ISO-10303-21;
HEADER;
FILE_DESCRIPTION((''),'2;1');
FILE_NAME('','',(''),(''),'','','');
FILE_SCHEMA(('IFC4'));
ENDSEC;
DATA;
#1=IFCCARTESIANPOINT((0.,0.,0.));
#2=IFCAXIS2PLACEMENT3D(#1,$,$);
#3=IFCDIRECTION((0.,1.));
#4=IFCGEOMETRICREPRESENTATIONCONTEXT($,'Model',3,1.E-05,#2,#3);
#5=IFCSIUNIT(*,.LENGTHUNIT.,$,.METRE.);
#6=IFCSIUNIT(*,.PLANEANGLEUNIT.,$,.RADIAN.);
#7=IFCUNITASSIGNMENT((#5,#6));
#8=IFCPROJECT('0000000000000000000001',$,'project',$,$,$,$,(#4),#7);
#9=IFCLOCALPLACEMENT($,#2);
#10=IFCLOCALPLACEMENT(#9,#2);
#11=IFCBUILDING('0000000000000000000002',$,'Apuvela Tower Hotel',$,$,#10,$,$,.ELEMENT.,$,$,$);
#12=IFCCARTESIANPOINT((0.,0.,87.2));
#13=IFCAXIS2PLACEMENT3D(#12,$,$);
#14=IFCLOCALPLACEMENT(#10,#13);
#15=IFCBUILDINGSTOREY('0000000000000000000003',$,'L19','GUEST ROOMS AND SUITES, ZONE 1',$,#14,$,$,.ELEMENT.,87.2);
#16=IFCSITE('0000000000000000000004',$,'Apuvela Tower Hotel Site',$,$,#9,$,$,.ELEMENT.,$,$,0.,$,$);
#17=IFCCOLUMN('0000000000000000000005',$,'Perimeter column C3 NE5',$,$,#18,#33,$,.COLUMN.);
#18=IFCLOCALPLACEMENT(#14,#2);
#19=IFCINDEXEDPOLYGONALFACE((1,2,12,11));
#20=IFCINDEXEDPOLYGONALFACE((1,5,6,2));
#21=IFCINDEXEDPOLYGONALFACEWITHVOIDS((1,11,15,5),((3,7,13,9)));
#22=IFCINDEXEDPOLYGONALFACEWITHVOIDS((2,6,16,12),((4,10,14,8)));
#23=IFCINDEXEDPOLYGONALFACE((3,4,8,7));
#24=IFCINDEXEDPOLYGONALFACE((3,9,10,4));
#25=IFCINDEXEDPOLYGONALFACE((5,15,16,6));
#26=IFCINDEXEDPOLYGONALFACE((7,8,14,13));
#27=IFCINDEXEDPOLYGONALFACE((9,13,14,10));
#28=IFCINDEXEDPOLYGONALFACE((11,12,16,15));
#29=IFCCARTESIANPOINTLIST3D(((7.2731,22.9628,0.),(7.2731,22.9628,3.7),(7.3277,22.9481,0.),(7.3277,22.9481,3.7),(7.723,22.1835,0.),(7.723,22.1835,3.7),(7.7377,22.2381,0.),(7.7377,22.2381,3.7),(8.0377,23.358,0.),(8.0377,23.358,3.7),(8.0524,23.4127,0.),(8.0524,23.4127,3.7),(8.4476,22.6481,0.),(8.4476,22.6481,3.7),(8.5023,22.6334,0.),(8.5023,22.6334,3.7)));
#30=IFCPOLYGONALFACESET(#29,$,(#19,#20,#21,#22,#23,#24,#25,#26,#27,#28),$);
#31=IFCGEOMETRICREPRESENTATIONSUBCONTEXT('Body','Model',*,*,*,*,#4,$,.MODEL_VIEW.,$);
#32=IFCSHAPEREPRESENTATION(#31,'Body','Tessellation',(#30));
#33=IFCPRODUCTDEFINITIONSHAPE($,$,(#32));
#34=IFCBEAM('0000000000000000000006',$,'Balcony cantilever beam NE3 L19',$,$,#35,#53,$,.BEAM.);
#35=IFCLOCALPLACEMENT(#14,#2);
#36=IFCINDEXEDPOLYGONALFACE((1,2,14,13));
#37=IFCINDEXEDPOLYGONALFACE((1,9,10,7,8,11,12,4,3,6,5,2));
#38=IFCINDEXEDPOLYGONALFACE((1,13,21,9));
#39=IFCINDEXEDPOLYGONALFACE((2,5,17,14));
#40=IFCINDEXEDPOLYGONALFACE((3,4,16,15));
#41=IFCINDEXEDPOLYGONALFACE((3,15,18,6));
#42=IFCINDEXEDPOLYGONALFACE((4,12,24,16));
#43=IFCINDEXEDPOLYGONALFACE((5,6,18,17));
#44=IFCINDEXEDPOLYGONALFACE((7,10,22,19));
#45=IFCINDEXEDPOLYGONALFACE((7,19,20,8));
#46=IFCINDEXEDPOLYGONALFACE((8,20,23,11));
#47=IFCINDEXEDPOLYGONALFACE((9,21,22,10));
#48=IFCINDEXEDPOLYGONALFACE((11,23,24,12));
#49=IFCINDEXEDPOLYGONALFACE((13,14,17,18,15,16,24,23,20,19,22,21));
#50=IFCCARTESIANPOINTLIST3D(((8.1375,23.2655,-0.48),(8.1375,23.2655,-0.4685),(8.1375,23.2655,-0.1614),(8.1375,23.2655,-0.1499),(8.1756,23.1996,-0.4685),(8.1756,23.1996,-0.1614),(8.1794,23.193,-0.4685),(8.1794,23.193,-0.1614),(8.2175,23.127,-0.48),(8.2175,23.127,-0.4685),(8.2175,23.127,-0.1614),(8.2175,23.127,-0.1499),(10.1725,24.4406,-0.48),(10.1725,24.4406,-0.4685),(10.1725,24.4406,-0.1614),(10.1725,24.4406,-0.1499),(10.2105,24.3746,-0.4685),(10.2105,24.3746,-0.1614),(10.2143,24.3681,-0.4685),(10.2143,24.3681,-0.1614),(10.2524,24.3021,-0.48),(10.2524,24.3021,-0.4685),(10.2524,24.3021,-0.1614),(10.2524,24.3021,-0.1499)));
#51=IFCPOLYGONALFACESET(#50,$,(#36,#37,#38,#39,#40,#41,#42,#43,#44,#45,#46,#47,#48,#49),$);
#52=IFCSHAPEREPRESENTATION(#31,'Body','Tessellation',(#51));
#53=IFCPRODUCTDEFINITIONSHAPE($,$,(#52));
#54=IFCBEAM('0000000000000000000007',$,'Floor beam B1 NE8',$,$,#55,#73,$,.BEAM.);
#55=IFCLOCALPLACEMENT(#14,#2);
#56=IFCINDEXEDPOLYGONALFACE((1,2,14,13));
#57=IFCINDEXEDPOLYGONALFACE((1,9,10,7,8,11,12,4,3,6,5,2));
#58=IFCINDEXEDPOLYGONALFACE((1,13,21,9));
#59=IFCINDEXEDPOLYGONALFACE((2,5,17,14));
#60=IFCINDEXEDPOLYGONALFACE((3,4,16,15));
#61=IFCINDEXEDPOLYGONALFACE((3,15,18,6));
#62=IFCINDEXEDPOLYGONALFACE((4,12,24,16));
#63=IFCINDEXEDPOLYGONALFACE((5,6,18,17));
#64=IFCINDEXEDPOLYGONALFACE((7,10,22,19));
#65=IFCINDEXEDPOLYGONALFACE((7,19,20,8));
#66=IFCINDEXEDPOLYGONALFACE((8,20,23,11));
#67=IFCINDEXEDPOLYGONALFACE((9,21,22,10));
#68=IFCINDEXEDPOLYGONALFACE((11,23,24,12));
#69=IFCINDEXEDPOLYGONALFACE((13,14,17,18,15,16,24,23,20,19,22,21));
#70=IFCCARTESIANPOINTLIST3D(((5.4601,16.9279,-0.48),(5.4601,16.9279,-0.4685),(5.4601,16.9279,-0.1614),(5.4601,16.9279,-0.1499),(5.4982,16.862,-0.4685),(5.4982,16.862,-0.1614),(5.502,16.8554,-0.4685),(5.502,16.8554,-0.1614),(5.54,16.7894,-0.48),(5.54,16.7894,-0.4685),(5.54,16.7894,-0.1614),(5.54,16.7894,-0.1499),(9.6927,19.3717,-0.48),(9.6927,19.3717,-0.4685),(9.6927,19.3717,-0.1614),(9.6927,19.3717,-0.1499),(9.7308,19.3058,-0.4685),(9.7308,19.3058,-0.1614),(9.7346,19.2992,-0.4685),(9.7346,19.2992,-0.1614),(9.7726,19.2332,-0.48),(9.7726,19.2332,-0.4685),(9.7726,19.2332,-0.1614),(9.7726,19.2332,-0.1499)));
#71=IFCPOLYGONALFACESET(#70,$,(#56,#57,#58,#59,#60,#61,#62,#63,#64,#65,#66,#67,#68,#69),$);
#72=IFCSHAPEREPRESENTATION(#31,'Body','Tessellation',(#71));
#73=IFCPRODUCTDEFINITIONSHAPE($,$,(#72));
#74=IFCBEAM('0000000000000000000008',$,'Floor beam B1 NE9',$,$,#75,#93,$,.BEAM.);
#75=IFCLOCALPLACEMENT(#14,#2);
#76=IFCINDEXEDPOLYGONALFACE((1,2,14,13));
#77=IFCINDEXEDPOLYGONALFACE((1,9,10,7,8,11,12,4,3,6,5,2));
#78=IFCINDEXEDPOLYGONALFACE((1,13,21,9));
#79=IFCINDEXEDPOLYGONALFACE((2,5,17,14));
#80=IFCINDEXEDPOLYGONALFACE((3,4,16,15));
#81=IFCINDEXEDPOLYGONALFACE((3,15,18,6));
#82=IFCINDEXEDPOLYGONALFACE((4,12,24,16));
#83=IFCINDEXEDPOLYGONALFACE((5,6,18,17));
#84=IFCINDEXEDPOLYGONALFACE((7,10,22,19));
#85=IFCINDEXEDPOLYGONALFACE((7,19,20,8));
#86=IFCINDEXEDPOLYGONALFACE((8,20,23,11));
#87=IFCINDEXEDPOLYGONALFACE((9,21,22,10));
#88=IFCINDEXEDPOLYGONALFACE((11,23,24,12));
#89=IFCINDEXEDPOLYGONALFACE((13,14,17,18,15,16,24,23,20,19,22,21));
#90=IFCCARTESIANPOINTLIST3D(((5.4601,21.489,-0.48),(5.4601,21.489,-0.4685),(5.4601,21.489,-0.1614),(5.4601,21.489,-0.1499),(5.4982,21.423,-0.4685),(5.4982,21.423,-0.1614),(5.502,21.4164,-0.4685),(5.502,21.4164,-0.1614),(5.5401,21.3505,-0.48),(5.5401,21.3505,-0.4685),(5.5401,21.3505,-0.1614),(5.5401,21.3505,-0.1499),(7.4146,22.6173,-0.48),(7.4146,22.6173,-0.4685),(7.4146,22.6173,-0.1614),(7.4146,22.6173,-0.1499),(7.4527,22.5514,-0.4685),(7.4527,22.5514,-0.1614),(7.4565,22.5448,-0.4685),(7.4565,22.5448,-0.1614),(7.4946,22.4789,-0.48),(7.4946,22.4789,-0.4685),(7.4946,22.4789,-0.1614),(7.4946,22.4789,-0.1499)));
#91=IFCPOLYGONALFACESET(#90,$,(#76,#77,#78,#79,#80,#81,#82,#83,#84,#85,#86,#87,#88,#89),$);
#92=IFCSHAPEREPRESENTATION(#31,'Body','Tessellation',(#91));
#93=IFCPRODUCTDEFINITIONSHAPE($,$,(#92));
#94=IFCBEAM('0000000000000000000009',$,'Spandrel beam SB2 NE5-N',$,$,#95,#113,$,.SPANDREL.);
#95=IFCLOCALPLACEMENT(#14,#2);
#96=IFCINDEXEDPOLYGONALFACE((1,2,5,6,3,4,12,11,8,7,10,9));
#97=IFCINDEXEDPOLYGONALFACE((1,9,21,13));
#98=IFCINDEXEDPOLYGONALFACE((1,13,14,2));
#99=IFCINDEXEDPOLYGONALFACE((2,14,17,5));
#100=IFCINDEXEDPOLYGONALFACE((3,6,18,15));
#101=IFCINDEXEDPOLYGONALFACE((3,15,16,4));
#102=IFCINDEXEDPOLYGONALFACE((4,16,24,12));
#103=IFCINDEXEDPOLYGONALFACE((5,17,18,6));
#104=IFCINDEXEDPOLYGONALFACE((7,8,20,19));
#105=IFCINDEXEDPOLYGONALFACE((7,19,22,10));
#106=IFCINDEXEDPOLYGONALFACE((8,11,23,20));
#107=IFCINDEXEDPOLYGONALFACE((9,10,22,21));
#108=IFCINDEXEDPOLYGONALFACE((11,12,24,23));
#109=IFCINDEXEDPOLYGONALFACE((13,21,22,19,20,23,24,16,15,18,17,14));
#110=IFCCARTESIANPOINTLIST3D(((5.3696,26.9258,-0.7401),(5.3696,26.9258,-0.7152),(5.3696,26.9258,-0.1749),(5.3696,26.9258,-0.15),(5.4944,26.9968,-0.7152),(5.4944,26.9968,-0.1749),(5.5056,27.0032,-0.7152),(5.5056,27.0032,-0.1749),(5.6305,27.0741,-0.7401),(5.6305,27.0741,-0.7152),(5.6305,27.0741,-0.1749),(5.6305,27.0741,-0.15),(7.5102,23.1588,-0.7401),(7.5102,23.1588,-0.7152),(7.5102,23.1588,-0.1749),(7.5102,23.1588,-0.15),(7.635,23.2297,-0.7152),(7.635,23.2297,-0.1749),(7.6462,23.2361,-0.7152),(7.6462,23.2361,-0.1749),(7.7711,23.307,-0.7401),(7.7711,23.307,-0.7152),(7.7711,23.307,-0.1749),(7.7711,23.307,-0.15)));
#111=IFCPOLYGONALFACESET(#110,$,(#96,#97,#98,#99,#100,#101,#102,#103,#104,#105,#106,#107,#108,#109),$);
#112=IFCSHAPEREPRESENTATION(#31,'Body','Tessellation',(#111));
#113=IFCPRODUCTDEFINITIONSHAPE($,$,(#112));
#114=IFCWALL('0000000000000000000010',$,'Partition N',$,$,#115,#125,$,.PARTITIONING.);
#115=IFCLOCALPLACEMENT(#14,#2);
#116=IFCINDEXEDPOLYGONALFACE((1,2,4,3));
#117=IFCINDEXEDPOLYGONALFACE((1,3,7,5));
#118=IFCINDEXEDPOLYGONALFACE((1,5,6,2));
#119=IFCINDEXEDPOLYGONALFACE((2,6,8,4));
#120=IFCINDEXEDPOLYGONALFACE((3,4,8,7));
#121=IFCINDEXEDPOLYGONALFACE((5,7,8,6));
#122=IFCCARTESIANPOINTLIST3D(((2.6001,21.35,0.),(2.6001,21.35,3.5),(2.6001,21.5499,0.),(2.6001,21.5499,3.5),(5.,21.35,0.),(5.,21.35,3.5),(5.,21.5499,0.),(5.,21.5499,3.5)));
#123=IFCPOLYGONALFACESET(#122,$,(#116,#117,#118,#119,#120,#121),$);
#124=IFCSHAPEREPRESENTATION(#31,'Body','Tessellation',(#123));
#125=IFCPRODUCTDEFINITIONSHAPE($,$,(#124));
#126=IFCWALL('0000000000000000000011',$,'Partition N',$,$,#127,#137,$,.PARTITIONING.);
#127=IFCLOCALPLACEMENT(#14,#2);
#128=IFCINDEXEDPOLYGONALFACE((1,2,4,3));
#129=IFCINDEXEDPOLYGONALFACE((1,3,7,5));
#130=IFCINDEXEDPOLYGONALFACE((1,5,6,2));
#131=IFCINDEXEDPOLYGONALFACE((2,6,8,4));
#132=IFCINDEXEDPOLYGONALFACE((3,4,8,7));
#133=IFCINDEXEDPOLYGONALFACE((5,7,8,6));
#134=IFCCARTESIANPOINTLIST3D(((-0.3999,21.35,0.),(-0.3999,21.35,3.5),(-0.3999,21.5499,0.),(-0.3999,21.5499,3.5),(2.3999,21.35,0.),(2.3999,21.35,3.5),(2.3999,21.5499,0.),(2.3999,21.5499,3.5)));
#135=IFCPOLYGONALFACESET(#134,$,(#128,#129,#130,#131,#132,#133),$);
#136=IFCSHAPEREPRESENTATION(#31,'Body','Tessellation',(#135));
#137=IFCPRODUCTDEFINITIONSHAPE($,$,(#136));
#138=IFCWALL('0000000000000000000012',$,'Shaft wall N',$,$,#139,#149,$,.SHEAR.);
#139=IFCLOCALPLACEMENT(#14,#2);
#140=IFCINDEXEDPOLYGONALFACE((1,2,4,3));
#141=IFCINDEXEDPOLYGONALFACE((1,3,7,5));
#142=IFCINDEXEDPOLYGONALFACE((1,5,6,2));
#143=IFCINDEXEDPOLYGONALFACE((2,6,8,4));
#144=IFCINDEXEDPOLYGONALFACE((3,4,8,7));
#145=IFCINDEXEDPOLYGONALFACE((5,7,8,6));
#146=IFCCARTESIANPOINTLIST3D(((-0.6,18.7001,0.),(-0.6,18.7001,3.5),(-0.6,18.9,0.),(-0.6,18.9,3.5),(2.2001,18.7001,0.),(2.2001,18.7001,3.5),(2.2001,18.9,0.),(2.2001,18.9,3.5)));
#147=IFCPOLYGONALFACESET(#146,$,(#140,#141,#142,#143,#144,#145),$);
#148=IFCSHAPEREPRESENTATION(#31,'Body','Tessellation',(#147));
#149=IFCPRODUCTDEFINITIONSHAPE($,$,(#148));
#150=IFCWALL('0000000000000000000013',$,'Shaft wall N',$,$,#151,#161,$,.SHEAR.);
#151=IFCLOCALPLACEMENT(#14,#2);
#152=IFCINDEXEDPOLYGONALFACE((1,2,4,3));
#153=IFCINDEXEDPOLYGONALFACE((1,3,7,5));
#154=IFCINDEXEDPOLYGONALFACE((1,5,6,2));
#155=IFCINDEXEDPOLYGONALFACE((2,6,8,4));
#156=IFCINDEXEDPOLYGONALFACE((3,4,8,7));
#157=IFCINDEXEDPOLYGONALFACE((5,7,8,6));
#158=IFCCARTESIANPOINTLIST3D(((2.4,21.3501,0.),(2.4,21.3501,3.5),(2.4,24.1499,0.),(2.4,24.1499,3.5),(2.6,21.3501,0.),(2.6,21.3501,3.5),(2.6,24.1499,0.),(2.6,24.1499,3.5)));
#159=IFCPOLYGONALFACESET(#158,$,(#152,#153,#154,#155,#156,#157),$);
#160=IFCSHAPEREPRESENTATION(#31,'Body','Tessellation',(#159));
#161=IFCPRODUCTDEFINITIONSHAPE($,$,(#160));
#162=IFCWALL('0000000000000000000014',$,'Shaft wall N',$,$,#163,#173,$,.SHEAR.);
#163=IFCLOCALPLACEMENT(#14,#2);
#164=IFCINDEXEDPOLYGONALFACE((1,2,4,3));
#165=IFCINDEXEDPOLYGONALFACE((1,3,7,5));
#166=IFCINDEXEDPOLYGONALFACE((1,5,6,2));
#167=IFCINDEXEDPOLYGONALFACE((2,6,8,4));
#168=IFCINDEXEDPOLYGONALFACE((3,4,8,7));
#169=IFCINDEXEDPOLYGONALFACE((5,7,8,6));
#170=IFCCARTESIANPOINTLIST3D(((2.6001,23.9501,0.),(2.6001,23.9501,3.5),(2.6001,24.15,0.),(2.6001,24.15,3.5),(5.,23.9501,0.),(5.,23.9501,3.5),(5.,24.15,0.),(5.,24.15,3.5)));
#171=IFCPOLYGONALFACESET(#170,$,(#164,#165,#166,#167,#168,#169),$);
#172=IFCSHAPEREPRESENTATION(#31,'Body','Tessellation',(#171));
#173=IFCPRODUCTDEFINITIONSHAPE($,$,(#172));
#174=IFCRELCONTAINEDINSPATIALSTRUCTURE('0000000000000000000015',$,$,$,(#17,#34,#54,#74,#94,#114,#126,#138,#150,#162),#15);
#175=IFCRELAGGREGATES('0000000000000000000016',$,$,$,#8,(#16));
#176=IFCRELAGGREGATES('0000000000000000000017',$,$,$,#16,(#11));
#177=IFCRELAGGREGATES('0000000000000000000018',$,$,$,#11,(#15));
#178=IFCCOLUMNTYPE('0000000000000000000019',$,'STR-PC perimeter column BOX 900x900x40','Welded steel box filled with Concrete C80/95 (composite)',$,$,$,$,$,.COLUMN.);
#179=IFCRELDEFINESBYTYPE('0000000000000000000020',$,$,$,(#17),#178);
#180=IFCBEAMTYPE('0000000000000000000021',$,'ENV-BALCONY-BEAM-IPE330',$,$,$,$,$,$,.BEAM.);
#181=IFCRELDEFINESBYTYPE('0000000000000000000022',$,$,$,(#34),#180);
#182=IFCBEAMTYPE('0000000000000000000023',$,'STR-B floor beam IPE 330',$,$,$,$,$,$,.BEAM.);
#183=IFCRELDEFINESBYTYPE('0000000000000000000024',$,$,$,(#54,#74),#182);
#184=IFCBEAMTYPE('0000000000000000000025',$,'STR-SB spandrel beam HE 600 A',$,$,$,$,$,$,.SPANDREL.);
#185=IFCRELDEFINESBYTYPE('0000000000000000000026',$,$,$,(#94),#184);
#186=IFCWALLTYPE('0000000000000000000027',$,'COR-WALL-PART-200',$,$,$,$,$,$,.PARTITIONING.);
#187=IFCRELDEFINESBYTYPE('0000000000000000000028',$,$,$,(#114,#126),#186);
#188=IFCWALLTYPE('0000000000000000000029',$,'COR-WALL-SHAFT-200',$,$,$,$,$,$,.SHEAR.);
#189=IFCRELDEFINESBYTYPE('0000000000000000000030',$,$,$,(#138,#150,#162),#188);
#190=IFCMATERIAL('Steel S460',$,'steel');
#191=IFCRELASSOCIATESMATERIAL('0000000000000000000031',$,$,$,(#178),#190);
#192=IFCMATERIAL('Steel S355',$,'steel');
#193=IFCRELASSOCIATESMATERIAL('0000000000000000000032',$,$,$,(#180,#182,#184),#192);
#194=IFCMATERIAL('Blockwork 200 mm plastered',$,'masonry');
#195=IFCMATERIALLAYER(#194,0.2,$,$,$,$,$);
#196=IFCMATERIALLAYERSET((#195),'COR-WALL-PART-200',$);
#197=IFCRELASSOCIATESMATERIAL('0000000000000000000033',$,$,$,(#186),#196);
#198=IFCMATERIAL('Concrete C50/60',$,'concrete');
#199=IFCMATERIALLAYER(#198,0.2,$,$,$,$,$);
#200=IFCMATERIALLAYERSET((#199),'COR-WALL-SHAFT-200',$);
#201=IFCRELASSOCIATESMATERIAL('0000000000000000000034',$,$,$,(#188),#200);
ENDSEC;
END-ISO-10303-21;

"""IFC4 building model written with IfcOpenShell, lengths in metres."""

from ifc_helpers import new_model, si_unit, direction, frame, frame_2d, origin, origin_2d, place, context, subcontext, project, spatial, rectangle, hollow_rectangle, i_section, extrude, material, layer, layer_set, material_profile, profile_set, type_object, element, save


model = new_model("IFC4")

# Units and contexts
model_context = context("Model", 3, precision=1e-05, world=origin(), true_north=direction((0.0, 1.0)))
body_context = subcontext(model_context, "Body", "Model", "MODEL_VIEW")
ifc_project = project(units=[si_unit("LENGTHUNIT", "METRE"), si_unit("PLANEANGLEUNIT", "RADIAN")], contexts=[model_context])

# Site, building, storey
site_placement = place(None, origin())
site = spatial("IfcSite", under=ifc_project, at=site_placement, Name="Apuvela Tower Hotel Site", CompositionType="ELEMENT", RefElevation=0.0)
building_placement = place(site_placement, origin())
building = spatial("IfcBuilding", under=site, at=building_placement, Name="Apuvela Tower Hotel", CompositionType="ELEMENT")
storey_placement = place(building_placement, frame((0.0, 0.0, 87.2)))
storey = spatial("IfcBuildingStorey", under=building, at=storey_placement, Name="L19", Description="GUEST ROOMS AND SUITES, ZONE 1", CompositionType="ELEMENT", Elevation=87.2)

# Column
ifc_material_1 = material(Name="Steel S460", Category="steel")
ifc_material_profile_1 = material_profile(ifc_material_1, hollow_rectangle(XDim=0.8999, YDim=0.8999, WallThickness=0.04, at=origin_2d()), Name="BOX 900x900x40")
ifc_material_2 = material(Name="Concrete C80/95", Category="concrete")
ifc_material_profile_2 = material_profile(ifc_material_2, rectangle(XDim=0.8201, YDim=0.8201, at=origin_2d()), Name="Concrete C80/95 infill")
ifc_profile_set_1 = profile_set([ifc_material_profile_1, ifc_material_profile_2], Name="Steel S460")
column_type = type_object("IfcColumnType", Name="STR-PC perimeter column BOX 900x900x40", Description="Welded steel box filled with Concrete C80/95 (composite)", PredefinedType="COLUMN", material=ifc_profile_set_1)
column_placement = place(storey_placement, frame((7.8877, 22.7981, 0.0), z_axis=(0.0, 0.0, 1.0), x_axis=(-0.5, 0.866025, 0.0)))
element("IfcColumn", 1, at=column_placement, inside=storey, type_object=column_type, Name="Perimeter column C3 NE5", PredefinedType="COLUMN", context=body_context, shape_type="SweptSolid", body=[
    extrude(hollow_rectangle(XDim=0.8999, YDim=0.8999, WallThickness=0.04, at=origin_2d()), origin(), (0.0, 0.0, 1.0), 3.7),
])

# Beams
ifc_material_3 = material(Name="Steel S355", Category="steel")
ifc_material_profile_3 = material_profile(ifc_material_3, i_section(OverallWidth=0.1599, OverallDepth=0.3301, WebThickness=0.0076, FlangeThickness=0.0115, at=origin_2d()), Name="IPE 330")
ifc_profile_set_2 = profile_set([ifc_material_profile_3], Name="Steel S355")
beam_type_1 = type_object("IfcBeamType", Name="ENV-BALCONY-BEAM-IPE330", PredefinedType="BEAM", material=ifc_profile_set_2)
beam_1_placement = place(storey_placement, frame((8.1775, 23.1963, -0.3149), z_axis=(0.86599, 0.500061, 0.0), x_axis=(-0.500061, 0.86599, 0.0)))
element("IfcBeam", 2, at=beam_1_placement, inside=storey, type_object=beam_type_1, Name="Balcony cantilever beam NE3 L19", PredefinedType="BEAM", context=body_context, shape_type="SweptSolid", body=[
    extrude(i_section(OverallWidth=0.1599, OverallDepth=0.3301, WebThickness=0.0076, FlangeThickness=0.0115, at=origin_2d()), origin(), (0.0, 0.0, 1.0), 2.3499),
])
ifc_material_profile_4 = material_profile(ifc_material_3, i_section(OverallWidth=0.1599, OverallDepth=0.3301, WebThickness=0.0076, FlangeThickness=0.0115, at=origin_2d()), Name="IPE 330")
ifc_profile_set_3 = profile_set([ifc_material_profile_4], Name="Steel S355")
beam_type_2 = type_object("IfcBeamType", Name="STR-B floor beam IPE 330", PredefinedType="BEAM", material=ifc_profile_set_3)
beam_2_placement = place(storey_placement, frame((9.7327, 19.3025, -0.3149), z_axis=(-0.866015, -0.500018, 0.0), x_axis=(0.500018, -0.866015, 0.0)))
element("IfcBeam", 3, at=beam_2_placement, inside=storey, type_object=beam_type_2, Name="Floor beam B1 NE8", PredefinedType="BEAM", context=body_context, shape_type="SweptSolid", body=[
    extrude(i_section(OverallWidth=0.1599, OverallDepth=0.3301, WebThickness=0.0076, FlangeThickness=0.0115, at=origin_2d()), origin(), (0.0, 0.0, 1.0), 4.8875),
])
beam_3_placement = place(storey_placement, frame((7.4546, 22.5481, -0.3149), z_axis=(-0.866038, -0.499978, 0.0), x_axis=(0.499978, -0.866038, 0.0)))
element("IfcBeam", 4, at=beam_3_placement, inside=storey, type_object=beam_type_2, Name="Floor beam B1 NE9", PredefinedType="BEAM", context=body_context, shape_type="SweptSolid", body=[
    extrude(i_section(OverallWidth=0.1599, OverallDepth=0.3301, WebThickness=0.0076, FlangeThickness=0.0115, at=origin_2d()), origin(), (0.0, 0.0, 1.0), 2.2568),
])
ifc_material_profile_5 = material_profile(ifc_material_3, i_section(OverallWidth=0.3, OverallDepth=0.5901, WebThickness=0.0129, FlangeThickness=0.0249, at=origin_2d()), Name="HE 600 A")
ifc_profile_set_4 = profile_set([ifc_material_profile_5], Name="Steel S355")
beam_type_3 = type_object("IfcBeamType", Name="STR-SB spandrel beam HE 600 A", PredefinedType="SPANDREL", material=ifc_profile_set_4)
beam_4_placement = place(storey_placement, frame((7.6406, 23.2329, -0.4451), z_axis=(-0.49405, 0.869433, 0.0), x_axis=(-0.869433, -0.49405, 0.0)))
element("IfcBeam", 5, at=beam_4_placement, inside=storey, type_object=beam_type_3, Name="Spandrel beam SB2 NE5-N", PredefinedType="SPANDREL", context=body_context, shape_type="SweptSolid", body=[
    extrude(i_section(OverallWidth=0.3, OverallDepth=0.5901, WebThickness=0.0129, FlangeThickness=0.0249, at=origin_2d()), origin(), (0.0, 0.0, 1.0), 4.3328),
])

# Walls
ifc_material_4 = material(Name="Blockwork 200 mm plastered", Category="masonry")
ifc_layer_1 = layer(ifc_material_4, 0.2)
ifc_layer_set_1 = layer_set([ifc_layer_1], Name="COR-WALL-PART-200")
wall_type_1 = type_object("IfcWallType", Name="COR-WALL-PART-200", PredefinedType="PARTITIONING", material=ifc_layer_set_1)
wall_1_placement = place(storey_placement, frame((5.0, 21.45, 0.0), z_axis=(0.0, 0.0, 1.0), x_axis=(-1.0, 0.0, 0.0)))
element("IfcWall", 6, at=wall_1_placement, inside=storey, type_object=wall_type_1, Name="Partition N", PredefinedType="PARTITIONING", context=body_context, shape_type="SweptSolid", body=[
    extrude(rectangle(XDim=2.3999, YDim=0.2, at=frame_2d((1.2, 0.0))), origin(), (0.0, 0.0, 1.0), 3.5),
])
wall_2_placement = place(storey_placement, frame((2.3999, 21.45, 0.0), z_axis=(0.0, 0.0, 1.0), x_axis=(-1.0, 0.0, 0.0)))
element("IfcWall", 7, at=wall_2_placement, inside=storey, type_object=wall_type_1, Name="Partition N", PredefinedType="PARTITIONING", context=body_context, shape_type="SweptSolid", body=[
    extrude(rectangle(XDim=2.7998, YDim=0.2, at=frame_2d((1.3999, 0.0))), origin(), (0.0, 0.0, 1.0), 3.5),
])
ifc_material_5 = material(Name="Concrete C50/60", Category="concrete")
ifc_layer_2 = layer(ifc_material_5, 0.2)
ifc_layer_set_2 = layer_set([ifc_layer_2], Name="COR-WALL-SHAFT-200")
wall_type_2 = type_object("IfcWallType", Name="COR-WALL-SHAFT-200", PredefinedType="SHEAR", material=ifc_layer_set_2)
wall_3_placement = place(storey_placement, frame((2.2, 18.8, 0.0), z_axis=(0.0, 0.0, 1.0), x_axis=(-1.0, 0.0, 0.0)))
element("IfcWall", 8, at=wall_3_placement, inside=storey, type_object=wall_type_2, Name="Shaft wall N", PredefinedType="SHEAR", context=body_context, shape_type="SweptSolid", body=[
    extrude(rectangle(XDim=2.8, YDim=0.2, at=frame_2d((1.3999, 0.0))), origin(), (0.0, 0.0, 1.0), 3.5),
])
wall_4_placement = place(storey_placement, frame((2.5, 21.3501, 0.0), z_axis=(0.0, 0.0, 1.0), x_axis=(0.0, 1.0, 0.0)))
element("IfcWall", 9, at=wall_4_placement, inside=storey, type_object=wall_type_2, Name="Shaft wall N", PredefinedType="SHEAR", context=body_context, shape_type="SweptSolid", body=[
    extrude(rectangle(XDim=2.7998, YDim=0.2, at=frame_2d((1.3999, 0.0))), origin(), (0.0, 0.0, 1.0), 3.5),
])
wall_5_placement = place(storey_placement, frame((5.0, 24.05, 0.0), z_axis=(0.0, 0.0, 1.0), x_axis=(-1.0, 0.0, 0.0)))
element("IfcWall", 10, at=wall_5_placement, inside=storey, type_object=wall_type_2, Name="Shaft wall N", PredefinedType="SHEAR", context=body_context, shape_type="SweptSolid", body=[
    extrude(rectangle(XDim=2.3999, YDim=0.2, at=frame_2d((1.2, 0.0))), origin(), (0.0, 0.0, 1.0), 3.5),
])

save(model, "model.ifc")
